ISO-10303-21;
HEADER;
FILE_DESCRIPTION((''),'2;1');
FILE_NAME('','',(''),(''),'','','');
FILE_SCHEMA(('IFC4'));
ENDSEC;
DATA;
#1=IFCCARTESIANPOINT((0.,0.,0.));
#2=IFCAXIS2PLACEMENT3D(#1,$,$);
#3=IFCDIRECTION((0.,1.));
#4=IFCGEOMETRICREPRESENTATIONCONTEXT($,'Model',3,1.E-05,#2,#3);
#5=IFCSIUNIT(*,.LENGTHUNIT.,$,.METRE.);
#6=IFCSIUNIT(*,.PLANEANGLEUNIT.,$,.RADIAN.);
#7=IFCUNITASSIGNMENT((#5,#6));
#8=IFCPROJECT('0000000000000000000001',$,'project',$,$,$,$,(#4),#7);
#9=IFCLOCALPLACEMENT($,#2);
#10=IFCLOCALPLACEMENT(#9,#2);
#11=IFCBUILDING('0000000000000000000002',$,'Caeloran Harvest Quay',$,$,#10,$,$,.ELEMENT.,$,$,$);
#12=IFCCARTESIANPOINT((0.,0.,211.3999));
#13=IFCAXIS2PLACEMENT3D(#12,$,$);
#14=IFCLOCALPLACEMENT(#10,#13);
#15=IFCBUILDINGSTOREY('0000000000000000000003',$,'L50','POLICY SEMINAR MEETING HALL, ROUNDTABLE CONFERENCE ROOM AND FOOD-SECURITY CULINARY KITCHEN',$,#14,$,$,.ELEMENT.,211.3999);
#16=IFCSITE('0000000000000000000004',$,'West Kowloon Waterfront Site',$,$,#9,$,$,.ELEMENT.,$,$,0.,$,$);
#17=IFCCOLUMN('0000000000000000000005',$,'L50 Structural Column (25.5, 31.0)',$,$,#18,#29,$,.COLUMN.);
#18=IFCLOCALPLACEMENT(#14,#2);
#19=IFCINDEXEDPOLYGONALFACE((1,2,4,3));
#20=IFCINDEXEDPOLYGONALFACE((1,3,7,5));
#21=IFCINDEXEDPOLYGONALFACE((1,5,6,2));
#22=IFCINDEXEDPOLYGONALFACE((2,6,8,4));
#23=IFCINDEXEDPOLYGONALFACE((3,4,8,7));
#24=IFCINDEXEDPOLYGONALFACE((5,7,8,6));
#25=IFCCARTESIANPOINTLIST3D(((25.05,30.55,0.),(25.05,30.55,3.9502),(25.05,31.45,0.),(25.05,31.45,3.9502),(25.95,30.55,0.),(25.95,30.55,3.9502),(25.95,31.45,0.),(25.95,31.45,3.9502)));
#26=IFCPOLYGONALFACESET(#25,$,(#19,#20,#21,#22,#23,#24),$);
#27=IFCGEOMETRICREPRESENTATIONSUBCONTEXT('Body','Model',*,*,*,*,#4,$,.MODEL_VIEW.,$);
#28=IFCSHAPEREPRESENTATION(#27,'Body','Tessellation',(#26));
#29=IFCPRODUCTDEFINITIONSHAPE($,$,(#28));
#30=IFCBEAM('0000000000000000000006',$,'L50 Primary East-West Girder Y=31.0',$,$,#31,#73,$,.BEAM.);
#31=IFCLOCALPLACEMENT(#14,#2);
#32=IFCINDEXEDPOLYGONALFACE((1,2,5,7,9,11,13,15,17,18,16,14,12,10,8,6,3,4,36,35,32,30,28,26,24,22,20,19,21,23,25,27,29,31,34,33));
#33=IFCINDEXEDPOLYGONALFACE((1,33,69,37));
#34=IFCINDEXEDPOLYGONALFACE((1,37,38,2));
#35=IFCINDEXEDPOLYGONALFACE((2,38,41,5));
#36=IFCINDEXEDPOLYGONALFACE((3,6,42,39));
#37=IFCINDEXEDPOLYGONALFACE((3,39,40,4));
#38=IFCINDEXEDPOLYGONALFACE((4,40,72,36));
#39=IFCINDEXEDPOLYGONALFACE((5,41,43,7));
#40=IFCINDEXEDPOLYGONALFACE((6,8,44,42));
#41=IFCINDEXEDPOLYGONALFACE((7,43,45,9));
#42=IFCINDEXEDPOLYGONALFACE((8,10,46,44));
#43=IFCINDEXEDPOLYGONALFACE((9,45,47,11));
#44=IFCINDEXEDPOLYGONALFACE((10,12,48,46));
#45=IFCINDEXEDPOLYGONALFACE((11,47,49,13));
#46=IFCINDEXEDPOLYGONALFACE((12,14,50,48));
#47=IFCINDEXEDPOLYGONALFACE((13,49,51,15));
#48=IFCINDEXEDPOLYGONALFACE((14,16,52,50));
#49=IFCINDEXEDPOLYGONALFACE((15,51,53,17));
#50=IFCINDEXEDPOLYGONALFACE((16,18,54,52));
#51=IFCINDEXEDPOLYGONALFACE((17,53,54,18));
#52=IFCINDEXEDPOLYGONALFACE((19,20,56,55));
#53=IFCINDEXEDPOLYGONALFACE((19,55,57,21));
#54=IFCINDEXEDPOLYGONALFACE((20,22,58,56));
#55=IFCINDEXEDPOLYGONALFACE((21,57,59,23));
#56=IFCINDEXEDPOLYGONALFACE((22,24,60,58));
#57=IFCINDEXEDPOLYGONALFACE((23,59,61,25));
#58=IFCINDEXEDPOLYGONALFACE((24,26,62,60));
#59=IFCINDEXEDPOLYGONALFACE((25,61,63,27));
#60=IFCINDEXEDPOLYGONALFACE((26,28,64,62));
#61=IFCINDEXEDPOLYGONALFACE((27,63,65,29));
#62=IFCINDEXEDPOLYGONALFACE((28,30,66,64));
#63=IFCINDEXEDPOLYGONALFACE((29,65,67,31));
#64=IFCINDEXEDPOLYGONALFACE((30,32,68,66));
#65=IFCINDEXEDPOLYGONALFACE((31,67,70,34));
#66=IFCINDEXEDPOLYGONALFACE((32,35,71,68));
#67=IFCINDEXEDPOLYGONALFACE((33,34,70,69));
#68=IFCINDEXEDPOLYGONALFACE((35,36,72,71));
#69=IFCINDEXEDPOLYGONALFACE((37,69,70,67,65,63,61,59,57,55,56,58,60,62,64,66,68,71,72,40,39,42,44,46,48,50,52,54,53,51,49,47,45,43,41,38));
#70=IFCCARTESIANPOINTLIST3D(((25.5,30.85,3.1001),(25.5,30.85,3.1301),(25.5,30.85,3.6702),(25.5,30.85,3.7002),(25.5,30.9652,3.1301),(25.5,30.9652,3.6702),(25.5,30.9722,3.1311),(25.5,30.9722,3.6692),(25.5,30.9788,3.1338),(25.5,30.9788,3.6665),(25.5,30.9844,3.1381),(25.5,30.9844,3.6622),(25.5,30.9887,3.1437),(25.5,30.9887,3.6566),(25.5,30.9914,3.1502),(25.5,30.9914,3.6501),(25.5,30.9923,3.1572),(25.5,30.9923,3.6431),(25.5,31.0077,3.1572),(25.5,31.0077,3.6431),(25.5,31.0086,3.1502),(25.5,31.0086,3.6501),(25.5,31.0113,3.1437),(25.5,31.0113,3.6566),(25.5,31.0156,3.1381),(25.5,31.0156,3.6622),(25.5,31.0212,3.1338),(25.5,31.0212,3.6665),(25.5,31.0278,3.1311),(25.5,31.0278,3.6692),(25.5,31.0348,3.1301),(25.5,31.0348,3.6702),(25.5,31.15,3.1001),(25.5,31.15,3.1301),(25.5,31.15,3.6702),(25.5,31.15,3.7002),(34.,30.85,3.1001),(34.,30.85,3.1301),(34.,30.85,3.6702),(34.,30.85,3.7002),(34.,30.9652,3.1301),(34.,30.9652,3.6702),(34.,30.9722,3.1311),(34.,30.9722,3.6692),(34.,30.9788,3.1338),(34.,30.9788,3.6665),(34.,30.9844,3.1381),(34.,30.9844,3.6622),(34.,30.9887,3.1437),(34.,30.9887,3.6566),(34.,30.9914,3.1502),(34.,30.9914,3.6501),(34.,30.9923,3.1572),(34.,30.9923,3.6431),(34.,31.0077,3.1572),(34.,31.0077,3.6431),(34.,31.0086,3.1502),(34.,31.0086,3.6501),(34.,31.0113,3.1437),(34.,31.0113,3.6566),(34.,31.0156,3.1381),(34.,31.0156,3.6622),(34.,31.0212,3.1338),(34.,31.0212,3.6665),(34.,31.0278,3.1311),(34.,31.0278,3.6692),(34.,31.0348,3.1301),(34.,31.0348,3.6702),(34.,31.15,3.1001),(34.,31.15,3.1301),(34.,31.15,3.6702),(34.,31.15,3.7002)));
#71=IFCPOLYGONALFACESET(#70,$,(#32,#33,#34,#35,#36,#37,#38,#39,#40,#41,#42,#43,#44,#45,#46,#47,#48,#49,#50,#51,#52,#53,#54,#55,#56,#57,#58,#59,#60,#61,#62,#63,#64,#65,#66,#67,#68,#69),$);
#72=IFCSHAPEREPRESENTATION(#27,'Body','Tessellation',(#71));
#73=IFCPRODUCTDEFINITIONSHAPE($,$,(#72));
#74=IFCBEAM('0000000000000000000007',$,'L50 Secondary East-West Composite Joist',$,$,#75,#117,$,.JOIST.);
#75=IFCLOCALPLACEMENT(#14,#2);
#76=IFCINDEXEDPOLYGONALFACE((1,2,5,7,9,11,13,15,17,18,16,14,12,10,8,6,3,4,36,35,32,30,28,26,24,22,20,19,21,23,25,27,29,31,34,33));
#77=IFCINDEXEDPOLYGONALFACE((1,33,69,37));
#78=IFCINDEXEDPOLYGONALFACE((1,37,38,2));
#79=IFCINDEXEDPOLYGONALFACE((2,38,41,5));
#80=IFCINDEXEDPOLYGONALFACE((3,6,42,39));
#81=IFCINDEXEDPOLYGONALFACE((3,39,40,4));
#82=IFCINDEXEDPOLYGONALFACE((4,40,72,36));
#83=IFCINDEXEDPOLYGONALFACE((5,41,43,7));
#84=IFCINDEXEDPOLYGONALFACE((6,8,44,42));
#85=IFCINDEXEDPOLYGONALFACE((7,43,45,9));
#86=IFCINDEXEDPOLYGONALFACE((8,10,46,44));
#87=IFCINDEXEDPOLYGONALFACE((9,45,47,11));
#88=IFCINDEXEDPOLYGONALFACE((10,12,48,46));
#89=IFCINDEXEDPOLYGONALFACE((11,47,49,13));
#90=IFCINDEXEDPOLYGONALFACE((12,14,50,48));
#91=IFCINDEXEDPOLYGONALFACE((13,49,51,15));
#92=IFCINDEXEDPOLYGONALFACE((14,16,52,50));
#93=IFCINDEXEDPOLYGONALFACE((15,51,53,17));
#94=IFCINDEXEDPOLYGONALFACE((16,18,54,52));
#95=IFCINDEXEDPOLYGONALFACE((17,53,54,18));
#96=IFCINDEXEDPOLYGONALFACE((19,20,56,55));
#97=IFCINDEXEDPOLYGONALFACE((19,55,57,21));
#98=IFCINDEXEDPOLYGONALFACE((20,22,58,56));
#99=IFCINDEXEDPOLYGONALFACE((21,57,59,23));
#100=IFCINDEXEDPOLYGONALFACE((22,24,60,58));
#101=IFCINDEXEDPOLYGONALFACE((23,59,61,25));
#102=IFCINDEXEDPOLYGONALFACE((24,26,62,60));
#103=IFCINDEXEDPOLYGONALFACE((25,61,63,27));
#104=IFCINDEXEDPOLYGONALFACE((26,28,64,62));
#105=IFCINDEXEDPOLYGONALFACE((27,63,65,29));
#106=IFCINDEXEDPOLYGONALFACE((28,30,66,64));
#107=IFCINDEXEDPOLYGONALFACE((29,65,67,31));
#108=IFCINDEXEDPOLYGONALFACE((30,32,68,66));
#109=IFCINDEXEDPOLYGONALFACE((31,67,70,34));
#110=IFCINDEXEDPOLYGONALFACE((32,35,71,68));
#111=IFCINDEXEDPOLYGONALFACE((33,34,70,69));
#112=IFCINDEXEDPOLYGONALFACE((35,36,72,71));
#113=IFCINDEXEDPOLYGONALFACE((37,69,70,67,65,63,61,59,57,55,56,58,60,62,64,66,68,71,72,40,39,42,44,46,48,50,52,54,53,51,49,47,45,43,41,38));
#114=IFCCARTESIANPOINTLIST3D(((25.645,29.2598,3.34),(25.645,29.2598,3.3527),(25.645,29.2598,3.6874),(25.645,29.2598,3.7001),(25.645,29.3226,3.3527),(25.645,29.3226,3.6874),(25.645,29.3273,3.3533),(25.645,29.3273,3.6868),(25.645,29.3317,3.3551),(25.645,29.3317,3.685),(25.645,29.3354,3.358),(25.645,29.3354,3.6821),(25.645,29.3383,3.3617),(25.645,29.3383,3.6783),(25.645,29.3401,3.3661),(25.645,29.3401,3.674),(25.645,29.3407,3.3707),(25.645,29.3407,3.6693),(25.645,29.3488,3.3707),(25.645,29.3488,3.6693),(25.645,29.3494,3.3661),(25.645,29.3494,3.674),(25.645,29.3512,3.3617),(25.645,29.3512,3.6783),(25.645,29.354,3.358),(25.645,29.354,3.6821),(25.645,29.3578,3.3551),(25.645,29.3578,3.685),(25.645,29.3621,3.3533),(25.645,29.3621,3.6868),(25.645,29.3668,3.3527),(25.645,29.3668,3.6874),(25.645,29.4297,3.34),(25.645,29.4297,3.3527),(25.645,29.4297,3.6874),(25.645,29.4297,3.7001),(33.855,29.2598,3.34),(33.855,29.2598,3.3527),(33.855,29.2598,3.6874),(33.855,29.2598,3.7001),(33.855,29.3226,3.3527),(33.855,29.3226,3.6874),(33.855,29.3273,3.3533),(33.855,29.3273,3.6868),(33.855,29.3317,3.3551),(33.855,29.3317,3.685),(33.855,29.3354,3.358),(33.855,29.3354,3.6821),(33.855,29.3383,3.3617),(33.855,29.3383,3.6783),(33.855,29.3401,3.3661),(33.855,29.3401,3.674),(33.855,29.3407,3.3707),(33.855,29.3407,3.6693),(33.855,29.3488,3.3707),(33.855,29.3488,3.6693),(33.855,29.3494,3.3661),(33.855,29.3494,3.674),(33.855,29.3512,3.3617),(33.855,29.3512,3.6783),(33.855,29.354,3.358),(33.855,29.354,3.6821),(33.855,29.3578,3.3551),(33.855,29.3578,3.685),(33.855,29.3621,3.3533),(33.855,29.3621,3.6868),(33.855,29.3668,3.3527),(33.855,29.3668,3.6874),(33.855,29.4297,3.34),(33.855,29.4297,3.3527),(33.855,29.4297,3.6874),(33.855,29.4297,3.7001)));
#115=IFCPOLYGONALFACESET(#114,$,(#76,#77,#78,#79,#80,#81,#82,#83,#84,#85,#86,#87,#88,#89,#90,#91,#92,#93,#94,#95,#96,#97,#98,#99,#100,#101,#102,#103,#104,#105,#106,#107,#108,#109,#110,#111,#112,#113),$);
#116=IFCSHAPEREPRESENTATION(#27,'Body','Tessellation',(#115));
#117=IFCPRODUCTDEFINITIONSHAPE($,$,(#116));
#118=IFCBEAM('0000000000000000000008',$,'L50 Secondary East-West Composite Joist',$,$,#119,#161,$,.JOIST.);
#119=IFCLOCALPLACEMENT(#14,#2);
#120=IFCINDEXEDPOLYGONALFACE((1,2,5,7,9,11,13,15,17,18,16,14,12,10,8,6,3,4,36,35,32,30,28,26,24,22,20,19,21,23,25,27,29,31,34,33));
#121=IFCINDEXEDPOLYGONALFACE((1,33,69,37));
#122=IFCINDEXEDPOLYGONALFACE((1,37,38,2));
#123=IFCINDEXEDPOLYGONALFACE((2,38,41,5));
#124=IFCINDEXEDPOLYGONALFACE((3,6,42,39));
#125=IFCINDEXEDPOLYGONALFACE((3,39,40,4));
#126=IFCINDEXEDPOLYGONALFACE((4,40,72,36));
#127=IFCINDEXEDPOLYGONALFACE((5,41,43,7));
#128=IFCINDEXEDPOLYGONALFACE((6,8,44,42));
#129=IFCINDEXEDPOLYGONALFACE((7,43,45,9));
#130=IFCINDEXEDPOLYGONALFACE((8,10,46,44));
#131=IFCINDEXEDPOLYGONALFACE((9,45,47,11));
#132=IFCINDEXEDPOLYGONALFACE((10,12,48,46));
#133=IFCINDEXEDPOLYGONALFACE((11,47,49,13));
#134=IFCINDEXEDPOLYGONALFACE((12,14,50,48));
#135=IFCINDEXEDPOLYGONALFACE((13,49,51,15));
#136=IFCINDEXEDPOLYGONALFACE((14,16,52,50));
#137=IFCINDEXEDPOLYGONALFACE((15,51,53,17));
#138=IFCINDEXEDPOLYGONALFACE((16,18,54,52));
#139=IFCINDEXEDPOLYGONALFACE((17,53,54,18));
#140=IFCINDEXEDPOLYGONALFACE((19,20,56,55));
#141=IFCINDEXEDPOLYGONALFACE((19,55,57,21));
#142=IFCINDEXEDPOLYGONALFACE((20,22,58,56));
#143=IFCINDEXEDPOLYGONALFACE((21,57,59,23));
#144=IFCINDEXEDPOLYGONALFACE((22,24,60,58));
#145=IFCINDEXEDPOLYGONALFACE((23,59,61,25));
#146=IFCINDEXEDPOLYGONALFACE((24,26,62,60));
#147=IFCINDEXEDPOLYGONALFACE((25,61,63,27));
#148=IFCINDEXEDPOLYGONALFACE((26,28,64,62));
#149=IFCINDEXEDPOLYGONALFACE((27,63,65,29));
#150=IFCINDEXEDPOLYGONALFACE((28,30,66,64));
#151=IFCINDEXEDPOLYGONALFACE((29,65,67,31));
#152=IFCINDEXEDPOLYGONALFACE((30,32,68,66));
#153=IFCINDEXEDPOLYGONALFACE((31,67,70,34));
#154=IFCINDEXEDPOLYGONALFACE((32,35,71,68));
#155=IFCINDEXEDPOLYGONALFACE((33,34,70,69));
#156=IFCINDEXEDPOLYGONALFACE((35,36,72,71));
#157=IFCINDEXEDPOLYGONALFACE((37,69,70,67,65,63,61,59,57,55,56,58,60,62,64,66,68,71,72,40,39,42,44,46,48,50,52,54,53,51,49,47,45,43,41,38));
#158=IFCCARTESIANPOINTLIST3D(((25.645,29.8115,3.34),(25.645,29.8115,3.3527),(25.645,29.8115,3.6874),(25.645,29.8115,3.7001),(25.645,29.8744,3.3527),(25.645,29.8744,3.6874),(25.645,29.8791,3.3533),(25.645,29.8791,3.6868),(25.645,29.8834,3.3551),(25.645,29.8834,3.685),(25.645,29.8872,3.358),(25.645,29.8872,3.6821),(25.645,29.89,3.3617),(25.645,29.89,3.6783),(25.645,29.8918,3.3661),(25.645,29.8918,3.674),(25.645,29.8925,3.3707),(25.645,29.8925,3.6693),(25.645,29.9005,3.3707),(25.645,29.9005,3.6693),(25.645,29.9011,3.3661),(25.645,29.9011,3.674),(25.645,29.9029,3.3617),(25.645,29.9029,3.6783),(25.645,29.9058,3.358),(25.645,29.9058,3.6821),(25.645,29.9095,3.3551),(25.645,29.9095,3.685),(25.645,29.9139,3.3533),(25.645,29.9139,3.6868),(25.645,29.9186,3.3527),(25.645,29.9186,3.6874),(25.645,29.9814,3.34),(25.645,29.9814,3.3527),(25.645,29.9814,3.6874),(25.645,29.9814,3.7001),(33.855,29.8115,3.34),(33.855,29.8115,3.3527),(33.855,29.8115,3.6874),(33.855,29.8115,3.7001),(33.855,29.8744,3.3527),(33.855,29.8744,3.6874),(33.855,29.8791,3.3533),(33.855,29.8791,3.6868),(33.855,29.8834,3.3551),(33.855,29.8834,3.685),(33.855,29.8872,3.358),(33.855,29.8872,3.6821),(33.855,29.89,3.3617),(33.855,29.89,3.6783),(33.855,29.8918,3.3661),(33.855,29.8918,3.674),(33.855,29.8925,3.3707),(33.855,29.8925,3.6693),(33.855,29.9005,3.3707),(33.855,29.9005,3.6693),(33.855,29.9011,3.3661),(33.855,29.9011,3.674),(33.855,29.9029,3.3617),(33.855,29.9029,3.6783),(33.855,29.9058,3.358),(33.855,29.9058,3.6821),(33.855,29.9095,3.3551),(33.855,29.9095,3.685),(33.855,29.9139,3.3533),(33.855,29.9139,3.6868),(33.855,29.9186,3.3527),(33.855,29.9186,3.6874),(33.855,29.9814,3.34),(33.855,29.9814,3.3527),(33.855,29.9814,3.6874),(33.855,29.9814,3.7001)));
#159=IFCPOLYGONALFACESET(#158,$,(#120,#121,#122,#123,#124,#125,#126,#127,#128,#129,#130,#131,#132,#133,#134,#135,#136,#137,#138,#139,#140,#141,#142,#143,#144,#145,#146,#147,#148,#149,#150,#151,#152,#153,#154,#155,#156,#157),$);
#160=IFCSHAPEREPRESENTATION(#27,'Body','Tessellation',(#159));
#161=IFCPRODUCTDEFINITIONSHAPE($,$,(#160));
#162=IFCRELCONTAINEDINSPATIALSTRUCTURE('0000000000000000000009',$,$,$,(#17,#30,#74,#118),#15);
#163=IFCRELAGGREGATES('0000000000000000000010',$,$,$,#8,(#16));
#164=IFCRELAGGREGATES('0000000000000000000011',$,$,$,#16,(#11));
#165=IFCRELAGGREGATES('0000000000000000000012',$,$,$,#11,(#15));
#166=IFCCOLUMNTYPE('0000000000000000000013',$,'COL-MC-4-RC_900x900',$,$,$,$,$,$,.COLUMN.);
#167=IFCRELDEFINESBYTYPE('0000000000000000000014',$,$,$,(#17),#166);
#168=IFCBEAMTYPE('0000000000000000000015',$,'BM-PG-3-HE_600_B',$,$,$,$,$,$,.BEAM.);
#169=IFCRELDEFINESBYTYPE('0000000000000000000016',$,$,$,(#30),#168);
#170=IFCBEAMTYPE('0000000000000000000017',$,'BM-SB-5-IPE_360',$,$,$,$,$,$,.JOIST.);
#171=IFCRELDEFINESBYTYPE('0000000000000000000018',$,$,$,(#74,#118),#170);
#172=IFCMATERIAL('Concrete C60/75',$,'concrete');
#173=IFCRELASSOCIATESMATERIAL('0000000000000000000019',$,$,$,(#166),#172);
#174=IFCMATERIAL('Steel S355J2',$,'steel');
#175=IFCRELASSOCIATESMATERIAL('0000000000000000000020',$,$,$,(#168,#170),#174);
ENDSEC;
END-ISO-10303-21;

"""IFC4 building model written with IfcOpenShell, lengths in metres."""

from ifc_helpers import new_model, si_unit, direction, frame, origin, origin_2d, place, context, subcontext, project, spatial, rectangle, i_section, extrude, material, material_profile, profile_set, type_object, element, save


model = new_model("IFC4")

# Units and contexts
model_context = context("Model", 3, precision=1e-05, world=origin(), true_north=direction((0.0, 1.0)))
body_context = subcontext(model_context, "Body", "Model", "MODEL_VIEW")
ifc_project = project(units=[si_unit("LENGTHUNIT", "METRE"), si_unit("PLANEANGLEUNIT", "RADIAN")], contexts=[model_context])

# Site, building, storey
site_placement = place(None, origin())
site = spatial("IfcSite", under=ifc_project, at=site_placement, Name="West Kowloon Waterfront Site", CompositionType="ELEMENT", RefElevation=0.0)
building_placement = place(site_placement, origin())
building = spatial("IfcBuilding", under=site, at=building_placement, Name="Caeloran Harvest Quay", CompositionType="ELEMENT")
storey_placement = place(building_placement, frame((0.0, 0.0, 211.3999)))
storey = spatial("IfcBuildingStorey", under=building, at=storey_placement, Name="L50", Description="POLICY SEMINAR MEETING HALL, ROUNDTABLE CONFERENCE ROOM AND FOOD-SECURITY CULINARY KITCHEN", CompositionType="ELEMENT", Elevation=211.3999)

# Column
ifc_material_1 = material(Name="Concrete C60/75", Category="concrete")
ifc_material_profile_1 = material_profile(ifc_material_1, rectangle(XDim=0.8999, YDim=0.8999, at=origin_2d()), Name="RC 900x900")
ifc_profile_set_1 = profile_set([ifc_material_profile_1], Name="Concrete C60/75")
column_type = type_object("IfcColumnType", Name="COL-MC-4-RC_900x900", PredefinedType="COLUMN", material=ifc_profile_set_1)
column_placement = place(storey_placement, frame((25.5, 31.0, 0.0), z_axis=(0.0, 0.0, 1.0), x_axis=(1.0, 0.0, 0.0)))
element("IfcColumn", 1, at=column_placement, inside=storey, type_object=column_type, Name="L50 Structural Column (25.5, 31.0)", PredefinedType="COLUMN", context=body_context, shape_type="SweptSolid", body=[
    extrude(rectangle(XDim=0.8999, YDim=0.8999, at=origin_2d()), origin(), (0.0, 0.0, 1.0), 3.9502),
])

# Beams
ifc_material_2 = material(Name="Steel S355J2", Category="steel")
ifc_material_profile_2 = material_profile(ifc_material_2, i_section(OverallWidth=0.3, OverallDepth=0.6001, WebThickness=0.0154, FlangeThickness=0.03, FilletRadius=0.0271, at=origin_2d()), Name="HE 600 B")
ifc_profile_set_2 = profile_set([ifc_material_profile_2], Name="Steel S355J2")
beam_type_1 = type_object("IfcBeamType", Name="BM-PG-3-HE_600_B", PredefinedType="BEAM", material=ifc_profile_set_2)
beam_placement = place(storey_placement, frame((25.5, 31.0, 3.4001), z_axis=(1.0, 0.0, 0.0), x_axis=(0.0, 1.0, 0.0)))
element("IfcBeam", 2, at=beam_placement, inside=storey, type_object=beam_type_1, Name="L50 Primary East-West Girder Y=31.0", PredefinedType="BEAM", context=body_context, shape_type="SweptSolid", body=[
    extrude(i_section(OverallWidth=0.3, OverallDepth=0.6001, WebThickness=0.0154, FlangeThickness=0.03, FilletRadius=0.0271, at=origin_2d()), origin(), (0.0, 0.0, 1.0), 8.5),
])
ifc_material_profile_3 = material_profile(ifc_material_2, i_section(OverallWidth=0.1699, OverallDepth=0.3601, WebThickness=0.0081, FlangeThickness=0.0127, FilletRadius=0.0181, at=origin_2d()), Name="IPE 360")
ifc_profile_set_3 = profile_set([ifc_material_profile_3], Name="Steel S355J2")
beam_type_2 = type_object("IfcBeamType", Name="BM-SB-5-IPE_360", PredefinedType="JOIST", material=ifc_profile_set_3)
for number, where, z_axis, x_axis, name in (
    (3, (25.645, 29.3447, 3.52), (1.0, 0.0, 0.0), (0.0, 1.0, 0.0), "L50 Secondary East-West Composite Joist"),
    (4, (25.645, 29.8965, 3.52), (1.0, 0.0, 0.0), (0.0, 1.0, 0.0), "L50 Secondary East-West Composite Joist"),
):
    element("IfcBeam", number, at=place(storey_placement, frame(where, z_axis=z_axis, x_axis=x_axis)), inside=storey, type_object=beam_type_2, Name=name, PredefinedType="JOIST", context=body_context, shape_type="SweptSolid", body=[
        extrude(i_section(OverallWidth=0.1699, OverallDepth=0.3601, WebThickness=0.0081, FlangeThickness=0.0127, FilletRadius=0.0181, at=origin_2d()), origin(), (0.0, 0.0, 1.0), 8.21),
    ])

save(model, "model.ifc")
